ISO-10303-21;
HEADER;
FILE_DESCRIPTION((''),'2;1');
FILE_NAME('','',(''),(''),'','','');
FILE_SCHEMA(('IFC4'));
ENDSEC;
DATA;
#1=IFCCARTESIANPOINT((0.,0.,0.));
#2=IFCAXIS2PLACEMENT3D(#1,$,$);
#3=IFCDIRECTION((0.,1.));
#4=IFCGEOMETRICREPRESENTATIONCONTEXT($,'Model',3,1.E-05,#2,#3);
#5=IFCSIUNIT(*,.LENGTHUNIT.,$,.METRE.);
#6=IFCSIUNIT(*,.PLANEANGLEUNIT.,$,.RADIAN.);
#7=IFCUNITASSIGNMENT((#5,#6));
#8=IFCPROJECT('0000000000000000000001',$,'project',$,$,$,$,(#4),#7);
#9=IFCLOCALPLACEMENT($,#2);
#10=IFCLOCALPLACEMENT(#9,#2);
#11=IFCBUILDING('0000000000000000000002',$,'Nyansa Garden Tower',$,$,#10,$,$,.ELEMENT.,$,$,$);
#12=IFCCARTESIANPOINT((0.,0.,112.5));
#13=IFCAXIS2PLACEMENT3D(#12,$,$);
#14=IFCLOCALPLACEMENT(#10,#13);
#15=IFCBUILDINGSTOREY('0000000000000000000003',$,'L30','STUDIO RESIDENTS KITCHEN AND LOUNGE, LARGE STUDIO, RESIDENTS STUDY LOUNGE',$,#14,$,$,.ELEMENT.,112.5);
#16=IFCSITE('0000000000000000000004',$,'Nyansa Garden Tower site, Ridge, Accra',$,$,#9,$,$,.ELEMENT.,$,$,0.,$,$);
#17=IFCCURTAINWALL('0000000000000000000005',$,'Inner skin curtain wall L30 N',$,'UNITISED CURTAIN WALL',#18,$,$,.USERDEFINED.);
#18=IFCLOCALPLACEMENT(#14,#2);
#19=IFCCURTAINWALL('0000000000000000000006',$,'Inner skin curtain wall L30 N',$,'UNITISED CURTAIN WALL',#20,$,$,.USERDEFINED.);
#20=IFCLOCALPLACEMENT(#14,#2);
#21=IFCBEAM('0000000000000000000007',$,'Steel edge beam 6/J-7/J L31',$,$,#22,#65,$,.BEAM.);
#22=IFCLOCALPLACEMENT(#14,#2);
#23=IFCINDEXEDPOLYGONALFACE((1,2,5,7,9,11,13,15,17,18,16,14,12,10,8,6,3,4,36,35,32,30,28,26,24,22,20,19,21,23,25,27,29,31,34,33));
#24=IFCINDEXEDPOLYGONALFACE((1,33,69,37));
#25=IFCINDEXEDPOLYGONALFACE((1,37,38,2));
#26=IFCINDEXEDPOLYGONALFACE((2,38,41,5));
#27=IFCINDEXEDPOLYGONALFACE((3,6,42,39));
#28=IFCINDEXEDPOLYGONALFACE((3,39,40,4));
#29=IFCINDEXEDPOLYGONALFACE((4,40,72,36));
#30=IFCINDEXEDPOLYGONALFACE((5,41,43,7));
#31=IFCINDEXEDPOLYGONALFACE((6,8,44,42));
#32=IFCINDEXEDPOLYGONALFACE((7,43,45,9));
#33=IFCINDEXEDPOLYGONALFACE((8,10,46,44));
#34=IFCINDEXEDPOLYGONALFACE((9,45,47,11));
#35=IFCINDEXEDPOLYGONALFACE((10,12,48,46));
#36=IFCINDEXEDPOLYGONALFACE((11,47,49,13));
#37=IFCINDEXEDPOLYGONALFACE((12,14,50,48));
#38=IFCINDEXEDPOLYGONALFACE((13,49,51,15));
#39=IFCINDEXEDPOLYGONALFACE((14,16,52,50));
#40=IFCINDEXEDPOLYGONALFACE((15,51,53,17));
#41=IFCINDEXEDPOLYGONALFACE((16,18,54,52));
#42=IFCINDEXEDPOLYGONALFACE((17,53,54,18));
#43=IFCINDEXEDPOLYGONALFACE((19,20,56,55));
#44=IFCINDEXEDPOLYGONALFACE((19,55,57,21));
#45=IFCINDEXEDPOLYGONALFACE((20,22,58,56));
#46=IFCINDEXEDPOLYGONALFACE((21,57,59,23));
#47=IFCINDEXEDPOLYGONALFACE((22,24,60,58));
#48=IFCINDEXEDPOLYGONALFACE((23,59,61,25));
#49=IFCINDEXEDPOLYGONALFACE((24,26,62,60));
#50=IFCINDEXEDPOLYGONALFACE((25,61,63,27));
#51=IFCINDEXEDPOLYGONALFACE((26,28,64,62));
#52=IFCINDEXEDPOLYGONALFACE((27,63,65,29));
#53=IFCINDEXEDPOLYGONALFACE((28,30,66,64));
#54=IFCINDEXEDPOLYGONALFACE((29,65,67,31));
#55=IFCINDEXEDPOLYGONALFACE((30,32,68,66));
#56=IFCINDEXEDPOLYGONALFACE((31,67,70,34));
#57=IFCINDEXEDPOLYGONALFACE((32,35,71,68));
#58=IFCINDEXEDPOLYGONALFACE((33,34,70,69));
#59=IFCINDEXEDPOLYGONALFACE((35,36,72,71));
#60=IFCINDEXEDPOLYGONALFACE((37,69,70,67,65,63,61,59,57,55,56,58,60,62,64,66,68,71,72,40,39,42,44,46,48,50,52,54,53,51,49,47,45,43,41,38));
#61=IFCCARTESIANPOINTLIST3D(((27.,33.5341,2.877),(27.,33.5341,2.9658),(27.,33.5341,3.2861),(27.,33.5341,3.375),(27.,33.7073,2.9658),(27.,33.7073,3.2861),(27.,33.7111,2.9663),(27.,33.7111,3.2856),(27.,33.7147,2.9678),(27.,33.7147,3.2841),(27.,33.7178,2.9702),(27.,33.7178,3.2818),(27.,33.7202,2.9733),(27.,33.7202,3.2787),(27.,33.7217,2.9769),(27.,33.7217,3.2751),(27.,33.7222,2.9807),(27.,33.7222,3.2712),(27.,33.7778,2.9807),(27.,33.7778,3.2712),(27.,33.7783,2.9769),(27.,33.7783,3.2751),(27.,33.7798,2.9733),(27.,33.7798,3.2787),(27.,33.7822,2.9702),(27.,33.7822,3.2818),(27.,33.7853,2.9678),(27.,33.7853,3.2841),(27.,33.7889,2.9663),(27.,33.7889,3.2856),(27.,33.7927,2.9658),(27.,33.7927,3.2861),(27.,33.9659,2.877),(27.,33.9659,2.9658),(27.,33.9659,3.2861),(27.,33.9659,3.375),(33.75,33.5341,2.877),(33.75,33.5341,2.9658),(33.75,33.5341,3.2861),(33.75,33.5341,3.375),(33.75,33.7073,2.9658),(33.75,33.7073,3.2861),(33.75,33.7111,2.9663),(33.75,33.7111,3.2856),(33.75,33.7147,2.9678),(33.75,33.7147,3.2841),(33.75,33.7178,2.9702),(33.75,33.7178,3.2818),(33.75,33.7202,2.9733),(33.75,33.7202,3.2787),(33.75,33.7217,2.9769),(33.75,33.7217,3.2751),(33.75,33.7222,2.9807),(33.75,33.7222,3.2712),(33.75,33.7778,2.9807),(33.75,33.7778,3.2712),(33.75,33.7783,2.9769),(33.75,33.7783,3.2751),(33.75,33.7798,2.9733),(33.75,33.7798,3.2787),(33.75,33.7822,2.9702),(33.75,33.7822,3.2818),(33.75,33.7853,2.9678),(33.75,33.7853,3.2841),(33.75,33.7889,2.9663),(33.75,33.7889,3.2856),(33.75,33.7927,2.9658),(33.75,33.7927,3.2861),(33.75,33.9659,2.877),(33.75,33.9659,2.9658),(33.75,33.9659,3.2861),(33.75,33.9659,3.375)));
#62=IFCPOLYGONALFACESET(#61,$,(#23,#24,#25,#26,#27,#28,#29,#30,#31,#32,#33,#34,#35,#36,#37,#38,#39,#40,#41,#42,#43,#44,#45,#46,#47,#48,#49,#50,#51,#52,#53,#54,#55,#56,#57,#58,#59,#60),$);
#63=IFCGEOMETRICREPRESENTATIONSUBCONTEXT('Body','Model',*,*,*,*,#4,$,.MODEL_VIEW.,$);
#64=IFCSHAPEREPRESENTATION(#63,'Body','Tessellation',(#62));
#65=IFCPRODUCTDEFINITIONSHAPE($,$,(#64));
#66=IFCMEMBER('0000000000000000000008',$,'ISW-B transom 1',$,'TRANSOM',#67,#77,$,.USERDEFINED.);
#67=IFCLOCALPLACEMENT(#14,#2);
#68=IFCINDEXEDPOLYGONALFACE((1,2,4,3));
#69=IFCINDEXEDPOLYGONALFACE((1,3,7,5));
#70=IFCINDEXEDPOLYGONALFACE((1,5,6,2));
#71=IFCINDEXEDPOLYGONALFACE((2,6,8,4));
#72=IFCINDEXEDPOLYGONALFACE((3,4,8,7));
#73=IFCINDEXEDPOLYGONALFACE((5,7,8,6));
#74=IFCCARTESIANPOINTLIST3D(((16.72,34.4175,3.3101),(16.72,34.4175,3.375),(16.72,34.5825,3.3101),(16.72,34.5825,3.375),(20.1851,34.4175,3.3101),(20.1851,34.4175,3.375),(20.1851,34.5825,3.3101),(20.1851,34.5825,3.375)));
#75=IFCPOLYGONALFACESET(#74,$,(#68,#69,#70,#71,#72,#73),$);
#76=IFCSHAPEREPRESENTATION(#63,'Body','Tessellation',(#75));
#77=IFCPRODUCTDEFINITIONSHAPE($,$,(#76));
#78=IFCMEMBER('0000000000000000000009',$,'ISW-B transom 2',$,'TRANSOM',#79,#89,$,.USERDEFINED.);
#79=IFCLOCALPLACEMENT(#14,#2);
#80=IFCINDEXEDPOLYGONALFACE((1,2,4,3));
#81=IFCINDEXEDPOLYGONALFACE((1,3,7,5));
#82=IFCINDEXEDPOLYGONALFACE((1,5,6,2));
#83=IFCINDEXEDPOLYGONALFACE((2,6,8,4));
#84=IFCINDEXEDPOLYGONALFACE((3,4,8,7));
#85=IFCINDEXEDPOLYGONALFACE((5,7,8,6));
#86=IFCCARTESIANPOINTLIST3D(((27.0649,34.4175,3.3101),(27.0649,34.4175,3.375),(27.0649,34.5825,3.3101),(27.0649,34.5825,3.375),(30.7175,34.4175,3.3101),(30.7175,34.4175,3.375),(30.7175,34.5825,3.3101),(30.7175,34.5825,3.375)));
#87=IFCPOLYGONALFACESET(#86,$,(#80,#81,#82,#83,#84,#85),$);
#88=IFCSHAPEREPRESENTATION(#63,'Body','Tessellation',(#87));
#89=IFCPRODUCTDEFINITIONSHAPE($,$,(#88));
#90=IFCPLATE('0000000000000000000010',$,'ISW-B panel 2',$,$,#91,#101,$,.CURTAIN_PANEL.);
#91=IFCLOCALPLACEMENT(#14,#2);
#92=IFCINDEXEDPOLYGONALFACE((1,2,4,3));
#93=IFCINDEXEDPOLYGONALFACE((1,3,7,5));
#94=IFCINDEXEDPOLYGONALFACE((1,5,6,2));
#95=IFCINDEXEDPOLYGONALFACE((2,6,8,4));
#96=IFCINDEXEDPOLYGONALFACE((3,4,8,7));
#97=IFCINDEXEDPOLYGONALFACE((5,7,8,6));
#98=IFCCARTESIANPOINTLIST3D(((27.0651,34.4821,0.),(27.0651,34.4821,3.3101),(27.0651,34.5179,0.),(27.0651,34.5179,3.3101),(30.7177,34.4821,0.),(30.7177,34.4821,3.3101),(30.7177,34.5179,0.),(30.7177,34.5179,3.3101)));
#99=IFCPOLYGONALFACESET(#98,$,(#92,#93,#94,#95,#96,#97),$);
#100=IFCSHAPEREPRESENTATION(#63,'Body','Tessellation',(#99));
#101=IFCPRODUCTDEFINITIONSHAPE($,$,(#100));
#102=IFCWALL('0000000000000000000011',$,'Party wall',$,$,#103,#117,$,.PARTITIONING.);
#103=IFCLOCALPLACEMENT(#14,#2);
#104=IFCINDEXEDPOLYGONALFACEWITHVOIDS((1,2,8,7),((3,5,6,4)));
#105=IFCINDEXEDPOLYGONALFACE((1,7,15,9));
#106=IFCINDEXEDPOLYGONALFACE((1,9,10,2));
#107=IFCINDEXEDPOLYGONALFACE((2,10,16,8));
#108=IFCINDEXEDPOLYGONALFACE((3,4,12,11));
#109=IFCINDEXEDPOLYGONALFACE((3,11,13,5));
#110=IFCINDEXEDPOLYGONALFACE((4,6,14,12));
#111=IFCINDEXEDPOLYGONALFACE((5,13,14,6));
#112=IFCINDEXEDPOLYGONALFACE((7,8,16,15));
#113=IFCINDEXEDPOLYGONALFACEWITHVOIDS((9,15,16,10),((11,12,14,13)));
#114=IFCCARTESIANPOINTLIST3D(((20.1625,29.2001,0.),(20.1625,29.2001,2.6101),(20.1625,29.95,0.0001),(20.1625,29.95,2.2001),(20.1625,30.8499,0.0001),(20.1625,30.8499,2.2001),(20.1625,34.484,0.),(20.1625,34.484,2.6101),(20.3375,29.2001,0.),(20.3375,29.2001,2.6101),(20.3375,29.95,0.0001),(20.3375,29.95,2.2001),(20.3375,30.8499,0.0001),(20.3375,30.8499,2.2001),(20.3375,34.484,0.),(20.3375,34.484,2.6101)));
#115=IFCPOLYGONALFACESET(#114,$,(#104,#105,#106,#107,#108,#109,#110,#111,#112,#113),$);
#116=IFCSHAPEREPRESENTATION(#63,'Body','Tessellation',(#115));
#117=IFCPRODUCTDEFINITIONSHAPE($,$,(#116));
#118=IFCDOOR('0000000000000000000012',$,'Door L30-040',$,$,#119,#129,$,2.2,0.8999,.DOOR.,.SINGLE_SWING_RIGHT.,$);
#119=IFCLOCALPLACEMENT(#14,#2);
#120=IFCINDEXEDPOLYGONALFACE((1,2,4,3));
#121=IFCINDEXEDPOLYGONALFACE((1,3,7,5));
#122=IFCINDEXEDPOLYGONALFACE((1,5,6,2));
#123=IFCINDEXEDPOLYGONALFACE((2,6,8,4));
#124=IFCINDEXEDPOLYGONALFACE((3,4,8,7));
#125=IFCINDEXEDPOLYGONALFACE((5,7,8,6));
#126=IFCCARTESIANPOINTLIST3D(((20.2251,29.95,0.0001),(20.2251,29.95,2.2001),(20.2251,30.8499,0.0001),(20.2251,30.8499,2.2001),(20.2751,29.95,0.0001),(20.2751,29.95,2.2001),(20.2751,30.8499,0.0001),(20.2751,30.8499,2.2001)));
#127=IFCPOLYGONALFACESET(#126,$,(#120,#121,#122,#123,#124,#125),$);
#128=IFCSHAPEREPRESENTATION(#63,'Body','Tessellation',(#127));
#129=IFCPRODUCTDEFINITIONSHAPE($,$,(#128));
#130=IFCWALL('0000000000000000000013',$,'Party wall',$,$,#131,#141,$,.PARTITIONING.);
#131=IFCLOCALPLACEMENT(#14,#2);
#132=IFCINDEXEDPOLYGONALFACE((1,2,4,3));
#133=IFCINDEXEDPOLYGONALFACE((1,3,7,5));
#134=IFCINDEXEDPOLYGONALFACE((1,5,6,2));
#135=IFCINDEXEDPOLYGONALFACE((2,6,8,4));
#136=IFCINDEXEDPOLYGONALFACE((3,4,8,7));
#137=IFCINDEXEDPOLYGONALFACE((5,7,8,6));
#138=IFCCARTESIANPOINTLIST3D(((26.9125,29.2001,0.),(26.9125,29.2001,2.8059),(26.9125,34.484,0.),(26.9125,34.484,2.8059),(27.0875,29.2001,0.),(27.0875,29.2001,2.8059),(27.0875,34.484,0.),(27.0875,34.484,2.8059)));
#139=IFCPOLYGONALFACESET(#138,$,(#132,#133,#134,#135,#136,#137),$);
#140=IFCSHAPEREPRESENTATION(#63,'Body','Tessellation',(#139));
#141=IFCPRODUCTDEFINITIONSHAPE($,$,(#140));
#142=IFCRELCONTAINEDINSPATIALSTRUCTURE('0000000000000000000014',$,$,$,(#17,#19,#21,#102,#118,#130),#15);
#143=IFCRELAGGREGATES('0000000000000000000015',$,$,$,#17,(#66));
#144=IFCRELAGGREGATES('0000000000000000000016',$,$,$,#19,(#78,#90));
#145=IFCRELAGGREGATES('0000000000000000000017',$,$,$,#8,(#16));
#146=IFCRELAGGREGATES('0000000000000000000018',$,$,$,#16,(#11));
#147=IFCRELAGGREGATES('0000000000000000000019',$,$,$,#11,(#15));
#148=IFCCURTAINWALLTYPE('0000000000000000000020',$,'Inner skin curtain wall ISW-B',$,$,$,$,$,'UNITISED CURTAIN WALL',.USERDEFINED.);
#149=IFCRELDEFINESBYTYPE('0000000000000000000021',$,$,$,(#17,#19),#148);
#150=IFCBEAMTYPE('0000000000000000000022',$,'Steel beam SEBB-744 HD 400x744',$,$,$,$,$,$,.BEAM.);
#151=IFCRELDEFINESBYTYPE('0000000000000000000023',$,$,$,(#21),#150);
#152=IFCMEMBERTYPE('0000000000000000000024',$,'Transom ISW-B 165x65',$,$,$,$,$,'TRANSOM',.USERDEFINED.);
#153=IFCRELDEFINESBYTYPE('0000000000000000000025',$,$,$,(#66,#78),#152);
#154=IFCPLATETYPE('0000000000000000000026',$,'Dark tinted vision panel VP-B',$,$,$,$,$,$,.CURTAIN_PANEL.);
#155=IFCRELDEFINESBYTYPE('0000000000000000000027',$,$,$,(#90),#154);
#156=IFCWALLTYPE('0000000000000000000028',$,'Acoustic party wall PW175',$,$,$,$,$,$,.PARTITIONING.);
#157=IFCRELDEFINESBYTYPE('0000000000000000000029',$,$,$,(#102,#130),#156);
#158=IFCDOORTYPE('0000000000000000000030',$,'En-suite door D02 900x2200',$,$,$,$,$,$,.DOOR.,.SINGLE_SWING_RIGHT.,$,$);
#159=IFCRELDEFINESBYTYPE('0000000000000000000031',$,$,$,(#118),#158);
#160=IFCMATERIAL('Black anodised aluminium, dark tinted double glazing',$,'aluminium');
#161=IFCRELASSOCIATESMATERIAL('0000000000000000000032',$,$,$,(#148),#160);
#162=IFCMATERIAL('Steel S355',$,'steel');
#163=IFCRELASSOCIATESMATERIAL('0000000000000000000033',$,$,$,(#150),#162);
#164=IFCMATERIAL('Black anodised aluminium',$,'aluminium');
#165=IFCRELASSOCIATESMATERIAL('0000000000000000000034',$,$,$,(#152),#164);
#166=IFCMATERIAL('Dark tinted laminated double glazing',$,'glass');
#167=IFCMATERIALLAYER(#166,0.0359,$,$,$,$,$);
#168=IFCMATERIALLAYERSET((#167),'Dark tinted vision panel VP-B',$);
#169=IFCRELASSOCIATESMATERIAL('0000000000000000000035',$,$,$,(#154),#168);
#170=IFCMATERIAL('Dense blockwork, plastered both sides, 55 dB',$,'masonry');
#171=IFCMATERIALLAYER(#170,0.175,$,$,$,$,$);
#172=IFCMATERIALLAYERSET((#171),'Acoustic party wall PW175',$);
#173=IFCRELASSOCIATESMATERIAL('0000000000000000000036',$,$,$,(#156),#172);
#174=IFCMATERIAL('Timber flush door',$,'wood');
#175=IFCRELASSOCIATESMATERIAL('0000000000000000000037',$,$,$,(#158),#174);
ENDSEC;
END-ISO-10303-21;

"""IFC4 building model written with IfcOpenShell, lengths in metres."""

from ifc_helpers import new_model, si_unit, direction, frame, frame_2d, origin, origin_2d, place, context, subcontext, project, spatial, rectangle, i_section, extrude, material, layer, layer_set, material_profile, profile_set, type_object, element, fill, aggregate, save


model = new_model("IFC4")

# Units and contexts
model_context = context("Model", 3, precision=1e-05, world=origin(), true_north=direction((0.0, 1.0)))
body_context = subcontext(model_context, "Body", "Model", "MODEL_VIEW")
ifc_project = project(units=[si_unit("LENGTHUNIT", "METRE"), si_unit("PLANEANGLEUNIT", "RADIAN")], contexts=[model_context])

# Site, building, storey
site_placement = place(None, origin())
site = spatial("IfcSite", under=ifc_project, at=site_placement, Name="Nyansa Garden Tower site, Ridge, Accra", CompositionType="ELEMENT", RefElevation=0.0)
building_placement = place(site_placement, origin())
building = spatial("IfcBuilding", under=site, at=building_placement, Name="Nyansa Garden Tower", CompositionType="ELEMENT")
storey_placement = place(building_placement, frame((0.0, 0.0, 112.5)))
storey = spatial("IfcBuildingStorey", under=building, at=storey_placement, Name="L30", Description="STUDIO RESIDENTS KITCHEN AND LOUNGE, LARGE STUDIO, RESIDENTS STUDY LOUNGE", CompositionType="ELEMENT", Elevation=112.5)

# Curtain wall
ifc_material_1 = material(Name="Black anodised aluminium, dark tinted double glazing", Category="aluminium")
curtain_wall_type = type_object("IfcCurtainWallType", Name="Inner skin curtain wall ISW-B", ElementType="UNITISED CURTAIN WALL", PredefinedType="USERDEFINED", material=ifc_material_1)
curtain_wall_1_placement = place(storey_placement, origin())
curtain_wall_1 = element("IfcCurtainWall", 1, at=curtain_wall_1_placement, inside=storey, type_object=curtain_wall_type, Name="Inner skin curtain wall L30 N", ObjectType="UNITISED CURTAIN WALL", PredefinedType="USERDEFINED")

# Curtain wall
curtain_wall_2_placement = place(storey_placement, origin())
curtain_wall_2 = element("IfcCurtainWall", 2, at=curtain_wall_2_placement, inside=storey, type_object=curtain_wall_type, Name="Inner skin curtain wall L30 N", ObjectType="UNITISED CURTAIN WALL", PredefinedType="USERDEFINED")

# Beam
ifc_material_2 = material(Name="Steel S355", Category="steel")
ifc_material_profile_1 = material_profile(ifc_material_2, i_section(OverallWidth=0.4319, OverallDepth=0.498, WebThickness=0.0557, FlangeThickness=0.0889, FilletRadius=0.0149, at=origin_2d()), Name="HD 400x744")
ifc_profile_set_1 = profile_set([ifc_material_profile_1], Name="Steel S355")
beam_type_1 = type_object("IfcBeamType", Name="Steel beam SEBB-744 HD 400x744", PredefinedType="BEAM", material=ifc_profile_set_1)
for number, where, z_axis, x_axis, name in (
    (3, (27.0, 33.75, 3.126), (1.0, 0.0, 0.0), (0.0, 1.0, 0.0), "Steel edge beam 6/J-7/J L31"),
):
    element("IfcBeam", number, at=place(storey_placement, frame(where, z_axis=z_axis, x_axis=x_axis)), inside=storey, type_object=beam_type_1, Name=name, PredefinedType="BEAM", context=body_context, shape_type="SweptSolid", body=[
        extrude(i_section(OverallWidth=0.4319, OverallDepth=0.498, WebThickness=0.0557, FlangeThickness=0.0889, FilletRadius=0.0149, at=origin_2d()), origin(), (0.0, 0.0, 1.0), 6.75),
    ])

# Members
ifc_material_3 = material(Name="Black anodised aluminium", Category="aluminium")
ifc_material_profile_2 = material_profile(ifc_material_3, rectangle(XDim=0.165, YDim=0.0649, at=origin_2d()), Name="Transom 165x65")
ifc_profile_set_2 = profile_set([ifc_material_profile_2], Name="Black anodised aluminium")
member_type_1 = type_object("IfcMemberType", Name="Transom ISW-B 165x65", ElementType="TRANSOM", PredefinedType="USERDEFINED", material=ifc_profile_set_2)
member_1_placement = place(storey_placement, frame((20.1851, 34.5, 3.3425), z_axis=(-1.0, 0.0, 0.0), x_axis=(0.0, -1.0, 0.0)))
member_1 = element("IfcMember", 4, at=member_1_placement, type_object=member_type_1, Name="ISW-B transom 1", ObjectType="TRANSOM", PredefinedType="USERDEFINED", context=body_context, shape_type="SweptSolid", body=[
    extrude(rectangle(XDim=0.165, YDim=0.0649, at=origin_2d()), origin(), (0.0, 0.0, 1.0), 3.4651),
])
aggregate(curtain_wall_1, [member_1])
member_2_placement = place(storey_placement, frame((30.7175, 34.5, 3.3425), z_axis=(-1.0, 0.0, 0.0), x_axis=(0.0, -1.0, 0.0)))
member_2 = element("IfcMember", 5, at=member_2_placement, type_object=member_type_1, Name="ISW-B transom 2", ObjectType="TRANSOM", PredefinedType="USERDEFINED", context=body_context, shape_type="SweptSolid", body=[
    extrude(rectangle(XDim=0.165, YDim=0.0649, at=origin_2d()), origin(), (0.0, 0.0, 1.0), 3.6526),
])

# Plate
ifc_material_4 = material(Name="Dark tinted laminated double glazing", Category="glass")
ifc_layer_1 = layer(ifc_material_4, 0.0359)
ifc_layer_set_1 = layer_set([ifc_layer_1], Name="Dark tinted vision panel VP-B")
plate_type = type_object("IfcPlateType", Name="Dark tinted vision panel VP-B", PredefinedType="CURTAIN_PANEL", material=ifc_layer_set_1)
plate_placement = place(storey_placement, frame((28.8914, 34.5, 0.0), z_axis=(0.0, 0.0, 1.0), x_axis=(-1.0, 0.0, 0.0)))
plate = element("IfcPlate", 6, at=plate_placement, type_object=plate_type, Name="ISW-B panel 2", PredefinedType="CURTAIN_PANEL", context=body_context, shape_type="SweptSolid", body=[
    extrude(rectangle(XDim=3.6526, YDim=0.0359, at=origin_2d()), origin(), (0.0, 0.0, 1.0), 3.3101),
])
aggregate(curtain_wall_2, [member_2, plate])

# Wall, opening, door
ifc_material_5 = material(Name="Dense blockwork, plastered both sides, 55 dB", Category="masonry")
ifc_layer_2 = layer(ifc_material_5, 0.175)
ifc_layer_set_2 = layer_set([ifc_layer_2], Name="Acoustic party wall PW175")
wall_type_1 = type_object("IfcWallType", Name="Acoustic party wall PW175", PredefinedType="PARTITIONING", material=ifc_layer_set_2)
wall_1_placement = place(storey_placement, frame((20.25, 29.2, 0.0), z_axis=(0.0, 0.0, 1.0), x_axis=(0.0, 1.0, 0.0)))
wall_1 = element("IfcWall", 7, at=wall_1_placement, inside=storey, type_object=wall_type_1, Name="Party wall", PredefinedType="PARTITIONING", context=body_context, shape_type="SweptSolid", body=[
    extrude(rectangle(XDim=5.2839, YDim=0.175, at=frame_2d((2.6421, 0.0))), origin(), (0.0, 0.0, 1.0), 2.6101),
])
opening_1_placement = place(wall_1_placement, frame((0.75, 0.0, 0.0)))
opening_1 = element("IfcOpeningElement", 8, at=opening_1_placement, cuts=wall_1, PredefinedType="OPENING", context=body_context, shape_type="SweptSolid", body=[
    extrude(rectangle(XDim=0.8999, YDim=2.2, at=frame_2d((0.45, 1.1001))), frame((0.0, 0.0974, 0.0), z_axis=(0.0, -1.0, 0.0), x_axis=(1.0, 0.0, 0.0)), (0.0, 0.0, 1.0), 0.1951),
])
ifc_material_6 = material(Name="Timber flush door", Category="wood")
door_type_1 = type_object("IfcDoorType", Name="En-suite door D02 900x2200", OperationType="SINGLE_SWING_RIGHT", PredefinedType="DOOR", material=ifc_material_6)
door_1_placement = place(opening_1_placement, origin())
door_1 = element("IfcDoor", 9, at=door_1_placement, inside=storey, type_object=door_type_1, Name="Door L30-040", OperationType="SINGLE_SWING_RIGHT", OverallHeight=2.2, OverallWidth=0.8999, PredefinedType="DOOR", context=body_context, shape_type="SweptSolid", body=[
    extrude(rectangle(XDim=0.8999, YDim=2.2, at=frame_2d((0.45, 1.1001))), frame((0.0, 0.0249, 0.0), z_axis=(0.0, -1.0, 0.0), x_axis=(1.0, 0.0, 0.0)), (0.0, 0.0, 1.0), 0.05),
])
fill(opening_1, door_1)

# Wall
wall_2_placement = place(storey_placement, frame((27.0, 29.2, 0.0), z_axis=(0.0, 0.0, 1.0), x_axis=(0.0, 1.0, 0.0)))
element("IfcWall", 10, at=wall_2_placement, inside=storey, type_object=wall_type_1, Name="Party wall", PredefinedType="PARTITIONING", context=body_context, shape_type="SweptSolid", body=[
    extrude(rectangle(XDim=5.2839, YDim=0.175, at=frame_2d((2.6421, 0.0))), origin(), (0.0, 0.0, 1.0), 2.8059),
])

save(model, "model.ifc")
